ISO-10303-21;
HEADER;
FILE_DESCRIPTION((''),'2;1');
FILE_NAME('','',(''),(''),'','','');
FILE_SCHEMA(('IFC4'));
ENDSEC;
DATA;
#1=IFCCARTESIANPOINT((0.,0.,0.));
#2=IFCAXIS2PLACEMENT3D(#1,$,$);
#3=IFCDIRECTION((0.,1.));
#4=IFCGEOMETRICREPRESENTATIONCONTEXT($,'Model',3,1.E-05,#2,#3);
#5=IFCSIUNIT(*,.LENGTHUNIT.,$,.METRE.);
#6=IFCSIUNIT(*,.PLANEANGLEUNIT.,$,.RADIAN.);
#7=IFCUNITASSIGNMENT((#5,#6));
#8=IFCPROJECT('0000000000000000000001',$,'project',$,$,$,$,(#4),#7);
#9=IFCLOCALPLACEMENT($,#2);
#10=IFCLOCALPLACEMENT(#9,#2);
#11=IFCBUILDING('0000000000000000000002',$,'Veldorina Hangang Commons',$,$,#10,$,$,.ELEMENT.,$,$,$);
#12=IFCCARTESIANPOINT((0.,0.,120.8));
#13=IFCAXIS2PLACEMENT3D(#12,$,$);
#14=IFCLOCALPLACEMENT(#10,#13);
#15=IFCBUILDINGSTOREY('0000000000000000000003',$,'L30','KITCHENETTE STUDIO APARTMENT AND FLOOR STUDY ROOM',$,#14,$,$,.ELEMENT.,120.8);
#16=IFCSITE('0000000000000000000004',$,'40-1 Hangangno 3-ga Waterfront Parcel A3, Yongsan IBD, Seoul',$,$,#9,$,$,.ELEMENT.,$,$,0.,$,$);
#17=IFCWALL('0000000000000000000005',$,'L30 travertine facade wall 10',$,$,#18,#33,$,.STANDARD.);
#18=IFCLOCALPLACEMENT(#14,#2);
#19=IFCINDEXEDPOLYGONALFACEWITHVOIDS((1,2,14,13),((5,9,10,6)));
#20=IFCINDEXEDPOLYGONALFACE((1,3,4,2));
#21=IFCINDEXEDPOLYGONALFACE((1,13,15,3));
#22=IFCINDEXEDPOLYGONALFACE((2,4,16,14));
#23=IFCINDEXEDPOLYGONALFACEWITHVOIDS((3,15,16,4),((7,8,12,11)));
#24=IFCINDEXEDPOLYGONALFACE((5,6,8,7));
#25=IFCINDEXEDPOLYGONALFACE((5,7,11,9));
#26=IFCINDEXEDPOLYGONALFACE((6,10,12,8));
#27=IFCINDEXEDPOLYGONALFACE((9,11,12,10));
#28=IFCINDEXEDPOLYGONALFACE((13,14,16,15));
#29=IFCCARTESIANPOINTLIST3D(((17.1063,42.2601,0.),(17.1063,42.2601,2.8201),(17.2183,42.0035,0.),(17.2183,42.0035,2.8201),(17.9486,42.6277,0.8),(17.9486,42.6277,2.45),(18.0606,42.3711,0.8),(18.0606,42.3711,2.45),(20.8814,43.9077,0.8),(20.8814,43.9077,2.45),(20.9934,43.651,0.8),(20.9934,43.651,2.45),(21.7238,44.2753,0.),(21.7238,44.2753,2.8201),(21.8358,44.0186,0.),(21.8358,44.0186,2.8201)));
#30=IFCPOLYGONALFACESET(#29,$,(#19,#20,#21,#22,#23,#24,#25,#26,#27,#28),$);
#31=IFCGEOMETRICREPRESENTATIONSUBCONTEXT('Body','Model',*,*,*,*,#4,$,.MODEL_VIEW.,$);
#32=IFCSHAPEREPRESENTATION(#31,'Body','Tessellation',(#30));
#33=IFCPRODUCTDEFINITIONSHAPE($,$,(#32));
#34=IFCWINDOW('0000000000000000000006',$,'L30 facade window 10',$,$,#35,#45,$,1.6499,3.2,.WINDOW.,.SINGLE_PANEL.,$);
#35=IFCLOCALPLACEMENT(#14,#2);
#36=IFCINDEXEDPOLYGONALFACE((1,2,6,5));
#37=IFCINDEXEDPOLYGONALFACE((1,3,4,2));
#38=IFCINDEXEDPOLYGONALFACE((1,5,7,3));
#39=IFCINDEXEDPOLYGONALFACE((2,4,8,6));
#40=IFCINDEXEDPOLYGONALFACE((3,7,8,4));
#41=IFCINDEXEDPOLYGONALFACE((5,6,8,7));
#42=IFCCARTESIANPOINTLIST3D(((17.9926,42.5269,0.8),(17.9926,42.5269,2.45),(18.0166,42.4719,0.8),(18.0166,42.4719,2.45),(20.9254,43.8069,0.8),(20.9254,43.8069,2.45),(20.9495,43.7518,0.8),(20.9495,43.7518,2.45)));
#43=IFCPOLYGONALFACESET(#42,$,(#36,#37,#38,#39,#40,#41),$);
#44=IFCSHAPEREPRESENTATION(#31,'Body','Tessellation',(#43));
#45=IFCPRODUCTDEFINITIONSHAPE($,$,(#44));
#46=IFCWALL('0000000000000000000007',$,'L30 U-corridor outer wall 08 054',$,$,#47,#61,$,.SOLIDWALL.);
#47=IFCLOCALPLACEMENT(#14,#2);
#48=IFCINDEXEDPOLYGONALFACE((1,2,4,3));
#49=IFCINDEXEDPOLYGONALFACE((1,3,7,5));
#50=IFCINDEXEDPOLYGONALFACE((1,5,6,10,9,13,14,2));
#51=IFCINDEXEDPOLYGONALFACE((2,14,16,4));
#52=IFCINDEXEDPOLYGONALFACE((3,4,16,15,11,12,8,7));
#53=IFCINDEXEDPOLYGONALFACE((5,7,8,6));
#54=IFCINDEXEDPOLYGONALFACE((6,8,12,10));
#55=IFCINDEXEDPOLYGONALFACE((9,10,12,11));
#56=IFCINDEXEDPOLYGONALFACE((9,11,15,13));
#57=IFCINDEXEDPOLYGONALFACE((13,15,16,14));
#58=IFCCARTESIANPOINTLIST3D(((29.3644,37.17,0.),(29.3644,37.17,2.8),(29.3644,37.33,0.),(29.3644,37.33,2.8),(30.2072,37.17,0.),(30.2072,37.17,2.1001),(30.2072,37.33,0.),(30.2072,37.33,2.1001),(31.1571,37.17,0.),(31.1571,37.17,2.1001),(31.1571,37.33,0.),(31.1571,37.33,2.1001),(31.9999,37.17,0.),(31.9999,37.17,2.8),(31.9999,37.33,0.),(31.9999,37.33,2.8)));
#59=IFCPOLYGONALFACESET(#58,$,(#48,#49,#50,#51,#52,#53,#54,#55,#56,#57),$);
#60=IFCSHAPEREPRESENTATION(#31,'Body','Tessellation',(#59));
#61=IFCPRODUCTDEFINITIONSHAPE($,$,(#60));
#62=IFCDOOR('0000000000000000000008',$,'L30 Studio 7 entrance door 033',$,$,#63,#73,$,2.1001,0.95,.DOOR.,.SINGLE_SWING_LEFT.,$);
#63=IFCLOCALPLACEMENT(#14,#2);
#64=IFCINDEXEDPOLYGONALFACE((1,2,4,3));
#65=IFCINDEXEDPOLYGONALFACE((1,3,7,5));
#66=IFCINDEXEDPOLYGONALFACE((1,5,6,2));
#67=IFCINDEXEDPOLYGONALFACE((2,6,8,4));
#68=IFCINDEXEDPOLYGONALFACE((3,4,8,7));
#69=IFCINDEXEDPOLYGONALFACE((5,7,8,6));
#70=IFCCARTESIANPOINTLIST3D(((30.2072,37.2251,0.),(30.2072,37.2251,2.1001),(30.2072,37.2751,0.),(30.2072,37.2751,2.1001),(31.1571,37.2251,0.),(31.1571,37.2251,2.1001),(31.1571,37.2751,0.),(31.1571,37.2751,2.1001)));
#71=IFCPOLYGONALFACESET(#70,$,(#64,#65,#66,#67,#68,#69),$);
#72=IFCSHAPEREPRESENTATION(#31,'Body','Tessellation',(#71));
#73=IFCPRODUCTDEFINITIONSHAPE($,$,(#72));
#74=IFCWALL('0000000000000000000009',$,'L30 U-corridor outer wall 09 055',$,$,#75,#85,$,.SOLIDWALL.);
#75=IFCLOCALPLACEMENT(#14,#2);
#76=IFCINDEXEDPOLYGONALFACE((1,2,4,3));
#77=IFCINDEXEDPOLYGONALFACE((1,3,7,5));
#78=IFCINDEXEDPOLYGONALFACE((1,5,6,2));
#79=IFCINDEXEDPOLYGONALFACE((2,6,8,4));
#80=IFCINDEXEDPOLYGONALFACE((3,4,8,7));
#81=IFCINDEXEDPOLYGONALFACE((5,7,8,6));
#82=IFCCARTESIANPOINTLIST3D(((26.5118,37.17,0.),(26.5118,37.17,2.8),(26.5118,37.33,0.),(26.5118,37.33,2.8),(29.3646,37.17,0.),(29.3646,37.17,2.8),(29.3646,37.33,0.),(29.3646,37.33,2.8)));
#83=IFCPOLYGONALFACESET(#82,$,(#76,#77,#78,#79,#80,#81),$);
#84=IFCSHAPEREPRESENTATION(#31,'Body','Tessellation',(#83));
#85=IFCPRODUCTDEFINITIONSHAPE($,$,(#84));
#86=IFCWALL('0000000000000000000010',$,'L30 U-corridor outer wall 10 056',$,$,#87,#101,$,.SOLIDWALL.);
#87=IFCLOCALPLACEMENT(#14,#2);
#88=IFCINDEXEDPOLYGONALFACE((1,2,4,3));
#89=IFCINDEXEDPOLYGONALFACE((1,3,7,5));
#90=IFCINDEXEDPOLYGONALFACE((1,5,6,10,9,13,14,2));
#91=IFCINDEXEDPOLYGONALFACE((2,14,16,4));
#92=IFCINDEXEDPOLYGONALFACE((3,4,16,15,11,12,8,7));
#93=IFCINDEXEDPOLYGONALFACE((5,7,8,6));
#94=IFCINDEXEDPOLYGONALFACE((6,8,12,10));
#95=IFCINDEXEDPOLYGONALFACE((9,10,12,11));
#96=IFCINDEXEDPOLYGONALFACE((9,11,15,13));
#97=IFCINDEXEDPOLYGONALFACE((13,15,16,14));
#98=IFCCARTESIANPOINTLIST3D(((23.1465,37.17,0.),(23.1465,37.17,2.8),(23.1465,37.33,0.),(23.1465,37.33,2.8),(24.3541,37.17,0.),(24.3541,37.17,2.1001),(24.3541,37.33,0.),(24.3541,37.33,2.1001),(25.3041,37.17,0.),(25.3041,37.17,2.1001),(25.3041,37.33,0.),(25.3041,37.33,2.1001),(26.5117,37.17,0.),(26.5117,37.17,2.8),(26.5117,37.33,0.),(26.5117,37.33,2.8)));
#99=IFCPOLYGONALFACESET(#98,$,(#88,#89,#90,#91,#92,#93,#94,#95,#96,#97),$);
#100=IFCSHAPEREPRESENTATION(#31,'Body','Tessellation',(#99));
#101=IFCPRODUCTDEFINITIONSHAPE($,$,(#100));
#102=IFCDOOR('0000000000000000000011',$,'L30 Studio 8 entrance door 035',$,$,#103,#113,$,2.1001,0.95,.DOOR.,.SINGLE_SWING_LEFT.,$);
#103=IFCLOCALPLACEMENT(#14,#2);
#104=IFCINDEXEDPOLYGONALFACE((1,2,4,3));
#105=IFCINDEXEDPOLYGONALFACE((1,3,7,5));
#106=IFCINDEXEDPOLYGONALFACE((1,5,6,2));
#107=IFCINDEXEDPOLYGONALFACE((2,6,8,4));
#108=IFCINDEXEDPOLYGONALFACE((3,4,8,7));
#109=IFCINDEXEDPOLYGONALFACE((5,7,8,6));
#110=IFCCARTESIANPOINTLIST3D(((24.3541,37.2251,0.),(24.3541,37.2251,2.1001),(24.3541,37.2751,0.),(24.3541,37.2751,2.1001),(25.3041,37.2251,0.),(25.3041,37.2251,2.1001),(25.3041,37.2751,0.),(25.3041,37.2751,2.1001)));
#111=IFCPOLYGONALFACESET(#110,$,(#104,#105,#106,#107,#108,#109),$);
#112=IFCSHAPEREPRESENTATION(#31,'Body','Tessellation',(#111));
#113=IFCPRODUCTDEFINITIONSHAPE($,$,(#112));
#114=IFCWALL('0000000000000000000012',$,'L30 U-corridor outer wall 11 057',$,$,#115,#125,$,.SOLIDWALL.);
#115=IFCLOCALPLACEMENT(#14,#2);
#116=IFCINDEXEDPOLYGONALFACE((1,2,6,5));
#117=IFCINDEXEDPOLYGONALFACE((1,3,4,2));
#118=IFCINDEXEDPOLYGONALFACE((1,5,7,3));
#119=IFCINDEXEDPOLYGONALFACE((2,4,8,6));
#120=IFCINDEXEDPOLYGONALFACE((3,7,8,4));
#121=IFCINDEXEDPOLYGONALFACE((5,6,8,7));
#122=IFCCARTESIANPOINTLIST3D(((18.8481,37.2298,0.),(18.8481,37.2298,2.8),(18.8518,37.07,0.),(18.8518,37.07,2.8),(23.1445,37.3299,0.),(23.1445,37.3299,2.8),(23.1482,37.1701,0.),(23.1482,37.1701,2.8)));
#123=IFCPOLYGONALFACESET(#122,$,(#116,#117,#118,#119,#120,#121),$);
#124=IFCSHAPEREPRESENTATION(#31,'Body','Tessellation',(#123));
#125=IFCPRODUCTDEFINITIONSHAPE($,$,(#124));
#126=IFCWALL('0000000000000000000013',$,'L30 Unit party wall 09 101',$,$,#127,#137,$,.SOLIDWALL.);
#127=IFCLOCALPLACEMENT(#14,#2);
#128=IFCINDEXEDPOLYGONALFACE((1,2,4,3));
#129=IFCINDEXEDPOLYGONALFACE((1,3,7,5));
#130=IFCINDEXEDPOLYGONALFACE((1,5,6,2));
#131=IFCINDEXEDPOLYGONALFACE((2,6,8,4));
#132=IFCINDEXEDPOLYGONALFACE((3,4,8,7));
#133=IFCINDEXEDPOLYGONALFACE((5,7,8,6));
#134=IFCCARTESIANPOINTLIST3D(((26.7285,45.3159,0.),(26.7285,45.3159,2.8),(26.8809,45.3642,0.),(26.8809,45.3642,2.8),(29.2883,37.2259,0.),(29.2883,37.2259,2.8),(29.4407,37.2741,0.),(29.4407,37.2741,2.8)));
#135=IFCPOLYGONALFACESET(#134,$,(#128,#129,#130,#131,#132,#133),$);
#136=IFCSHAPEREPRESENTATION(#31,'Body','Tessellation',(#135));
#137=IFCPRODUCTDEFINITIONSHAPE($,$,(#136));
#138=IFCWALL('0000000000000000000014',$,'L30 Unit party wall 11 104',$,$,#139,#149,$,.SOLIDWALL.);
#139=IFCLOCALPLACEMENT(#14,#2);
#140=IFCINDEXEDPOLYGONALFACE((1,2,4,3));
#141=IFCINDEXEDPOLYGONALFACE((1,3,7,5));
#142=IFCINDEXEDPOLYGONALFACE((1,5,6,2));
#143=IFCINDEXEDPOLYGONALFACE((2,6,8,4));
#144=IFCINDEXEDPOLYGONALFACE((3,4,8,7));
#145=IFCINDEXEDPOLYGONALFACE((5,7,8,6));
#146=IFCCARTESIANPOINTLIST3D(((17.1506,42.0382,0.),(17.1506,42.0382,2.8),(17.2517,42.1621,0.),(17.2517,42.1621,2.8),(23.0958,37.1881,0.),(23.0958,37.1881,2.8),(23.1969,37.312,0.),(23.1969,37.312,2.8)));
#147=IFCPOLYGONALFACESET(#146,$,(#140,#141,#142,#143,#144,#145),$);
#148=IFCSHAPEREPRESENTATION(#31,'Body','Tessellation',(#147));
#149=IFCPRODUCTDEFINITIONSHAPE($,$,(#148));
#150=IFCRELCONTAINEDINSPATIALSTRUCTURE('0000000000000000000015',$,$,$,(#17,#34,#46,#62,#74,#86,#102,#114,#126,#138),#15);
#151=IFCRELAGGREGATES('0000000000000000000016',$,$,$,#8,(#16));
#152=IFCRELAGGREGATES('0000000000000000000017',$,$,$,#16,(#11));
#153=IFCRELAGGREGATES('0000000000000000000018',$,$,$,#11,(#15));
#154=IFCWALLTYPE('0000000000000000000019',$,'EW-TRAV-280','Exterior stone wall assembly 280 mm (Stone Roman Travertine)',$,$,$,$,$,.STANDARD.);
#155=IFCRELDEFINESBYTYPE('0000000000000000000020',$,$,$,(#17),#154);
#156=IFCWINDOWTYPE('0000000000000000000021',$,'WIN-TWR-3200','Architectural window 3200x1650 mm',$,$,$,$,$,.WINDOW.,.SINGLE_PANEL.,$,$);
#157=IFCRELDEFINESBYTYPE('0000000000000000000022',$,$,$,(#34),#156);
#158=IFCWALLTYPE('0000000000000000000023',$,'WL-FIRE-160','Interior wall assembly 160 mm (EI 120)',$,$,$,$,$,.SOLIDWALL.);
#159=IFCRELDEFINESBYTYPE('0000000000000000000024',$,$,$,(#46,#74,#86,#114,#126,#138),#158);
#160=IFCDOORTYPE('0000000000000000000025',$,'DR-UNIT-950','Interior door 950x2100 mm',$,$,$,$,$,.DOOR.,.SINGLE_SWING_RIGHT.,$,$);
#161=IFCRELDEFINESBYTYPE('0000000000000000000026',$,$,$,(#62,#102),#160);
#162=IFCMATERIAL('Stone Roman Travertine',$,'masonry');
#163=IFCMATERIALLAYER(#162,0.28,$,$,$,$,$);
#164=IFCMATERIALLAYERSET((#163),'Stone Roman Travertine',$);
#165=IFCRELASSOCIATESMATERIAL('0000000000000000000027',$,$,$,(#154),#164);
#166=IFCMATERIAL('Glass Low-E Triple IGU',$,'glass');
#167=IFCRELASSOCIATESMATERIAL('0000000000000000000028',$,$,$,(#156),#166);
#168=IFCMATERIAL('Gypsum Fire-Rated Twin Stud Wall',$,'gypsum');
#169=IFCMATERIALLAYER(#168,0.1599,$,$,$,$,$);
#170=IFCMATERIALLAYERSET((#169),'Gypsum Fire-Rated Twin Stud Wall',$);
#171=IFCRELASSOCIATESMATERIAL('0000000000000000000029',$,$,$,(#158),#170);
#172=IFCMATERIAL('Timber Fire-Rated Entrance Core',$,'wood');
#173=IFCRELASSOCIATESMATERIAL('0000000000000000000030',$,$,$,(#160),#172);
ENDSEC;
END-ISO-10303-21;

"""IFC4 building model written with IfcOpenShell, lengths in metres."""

from ifc_helpers import new_model, si_unit, direction, frame, frame_2d, origin, place, context, subcontext, project, spatial, rectangle, extrude, material, layer, layer_set, type_object, element, fill, save


model = new_model("IFC4")

# Units and contexts
model_context = context("Model", 3, precision=1e-05, world=origin(), true_north=direction((0.0, 1.0)))
body_context = subcontext(model_context, "Body", "Model", "MODEL_VIEW")
ifc_project = project(units=[si_unit("LENGTHUNIT", "METRE"), si_unit("PLANEANGLEUNIT", "RADIAN")], contexts=[model_context])

# Site, building, storey
site_placement = place(None, origin())
site = spatial("IfcSite", under=ifc_project, at=site_placement, Name="40-1 Hangangno 3-ga Waterfront Parcel A3, Yongsan IBD, Seoul", CompositionType="ELEMENT", RefElevation=0.0)
building_placement = place(site_placement, origin())
building = spatial("IfcBuilding", under=site, at=building_placement, Name="Veldorina Hangang Commons", CompositionType="ELEMENT")
storey_placement = place(building_placement, frame((0.0, 0.0, 120.8)))
storey = spatial("IfcBuildingStorey", under=building, at=storey_placement, Name="L30", Description="KITCHENETTE STUDIO APARTMENT AND FLOOR STUDY ROOM", CompositionType="ELEMENT", Elevation=120.8)

# Shared definitions
ifc_material_1 = material(Name="Stone Roman Travertine", Category="masonry")
ifc_layer_1 = layer(ifc_material_1, 0.28)
ifc_layer_set_1 = layer_set([ifc_layer_1], Name="Stone Roman Travertine")
wall_type_1 = type_object("IfcWallType", Name="EW-TRAV-280", Description="Exterior stone wall assembly 280 mm (Stone Roman Travertine)", PredefinedType="STANDARD", material=ifc_layer_set_1)
ifc_material_2 = material(Name="Glass Low-E Triple IGU", Category="glass")
window_type = type_object("IfcWindowType", Name="WIN-TWR-3200", Description="Architectural window 3200x1650 mm", PartitioningType="SINGLE_PANEL", PredefinedType="WINDOW", material=ifc_material_2)

# Wall, opening, window
wall_1_placement = place(storey_placement, frame((21.7798, 44.147, 0.0), z_axis=(0.0, 0.0, 1.0), x_axis=(-0.916521, -0.399987, 0.0)))
wall_1 = element("IfcWall", 1, at=wall_1_placement, inside=storey, type_object=wall_type_1, Name="L30 travertine facade wall 10", PredefinedType="STANDARD", context=body_context, shape_type="SweptSolid", body=[
    extrude(rectangle(XDim=5.0381, YDim=0.28, at=frame_2d((2.519, 0.0))), origin(), (0.0, 0.0, 1.0), 2.8201),
])
opening_1_placement = place(wall_1_placement, frame((0.9189, 0.0, 0.8)))
opening_1 = element("IfcOpeningElement", 2, at=opening_1_placement, cuts=wall_1, PredefinedType="OPENING", context=body_context, shape_type="SweptSolid", body=[
    extrude(rectangle(XDim=3.2, YDim=1.6499, at=frame_2d((1.6001, 0.825))), frame((0.0, 0.1499, 0.0), z_axis=(0.0, -1.0, 0.0), x_axis=(1.0, 0.0, 0.0)), (0.0, 0.0, 1.0), 0.3),
])
window_1_placement = place(opening_1_placement, origin())
window_1 = element("IfcWindow", 3, at=window_1_placement, inside=storey, type_object=window_type, Name="L30 facade window 10", OverallHeight=1.6499, OverallWidth=3.2, PartitioningType="SINGLE_PANEL", PredefinedType="WINDOW", context=body_context, shape_type="SweptSolid", body=[
    extrude(rectangle(XDim=3.2, YDim=1.6499, at=frame_2d((1.6001, 0.825))), frame((0.0, 0.03, 0.0), z_axis=(0.0, -1.0, 0.0), x_axis=(1.0, 0.0, 0.0)), (0.0, 0.0, 1.0), 0.0601),
])
fill(opening_1, window_1)

# Wall, opening, door
ifc_material_3 = material(Name="Gypsum Fire-Rated Twin Stud Wall", Category="gypsum")
ifc_layer_2 = layer(ifc_material_3, 0.1599)
ifc_layer_set_2 = layer_set([ifc_layer_2], Name="Gypsum Fire-Rated Twin Stud Wall")
wall_type_2 = type_object("IfcWallType", Name="WL-FIRE-160", Description="Interior wall assembly 160 mm (EI 120)", PredefinedType="SOLIDWALL", material=ifc_layer_set_2)
wall_2_placement = place(storey_placement, frame((32.0, 37.25, 0.0), z_axis=(0.0, 0.0, 1.0), x_axis=(-1.0, 0.0, 0.0)))
wall_2 = element("IfcWall", 4, at=wall_2_placement, inside=storey, type_object=wall_type_2, Name="L30 U-corridor outer wall 08 054", PredefinedType="SOLIDWALL", context=body_context, shape_type="SweptSolid", body=[
    extrude(rectangle(XDim=2.6355, YDim=0.1599, at=frame_2d((1.3179, 0.0))), origin(), (0.0, 0.0, 1.0), 2.8),
])
opening_2_placement = place(wall_2_placement, frame((0.8428, 0.0, 0.0)))
opening_2 = element("IfcOpeningElement", 5, at=opening_2_placement, cuts=wall_2, PredefinedType="OPENING", context=body_context, shape_type="SweptSolid", body=[
    extrude(rectangle(XDim=0.95, YDim=2.1001, at=frame_2d((0.4751, 1.05))), frame((0.0, 0.0898, 0.0), z_axis=(0.0, -1.0, 0.0), x_axis=(1.0, 0.0, 0.0)), (0.0, 0.0, 1.0), 0.1799),
])
ifc_material_4 = material(Name="Timber Fire-Rated Entrance Core", Category="wood")
door_type_1 = type_object("IfcDoorType", Name="DR-UNIT-950", Description="Interior door 950x2100 mm", OperationType="SINGLE_SWING_RIGHT", PredefinedType="DOOR", material=ifc_material_4)
door_1_placement = place(opening_2_placement, origin())
door_1 = element("IfcDoor", 6, at=door_1_placement, inside=storey, type_object=door_type_1, Name="L30 Studio 7 entrance door 033", OperationType="SINGLE_SWING_LEFT", OverallHeight=2.1001, OverallWidth=0.95, PredefinedType="DOOR", context=body_context, shape_type="SweptSolid", body=[
    extrude(rectangle(XDim=0.95, YDim=2.1001, at=frame_2d((0.4751, 1.05))), frame((0.0, 0.0249, 0.0), z_axis=(0.0, -1.0, 0.0), x_axis=(1.0, 0.0, 0.0)), (0.0, 0.0, 1.0), 0.05),
])
fill(opening_2, door_1)

# Wall
wall_3_placement = place(storey_placement, frame((29.3645, 37.25, 0.0), z_axis=(0.0, 0.0, 1.0), x_axis=(-1.0, 0.0, 0.0)))
element("IfcWall", 7, at=wall_3_placement, inside=storey, type_object=wall_type_2, Name="L30 U-corridor outer wall 09 055", PredefinedType="SOLIDWALL", context=body_context, shape_type="SweptSolid", body=[
    extrude(rectangle(XDim=2.8528, YDim=0.1599, at=frame_2d((1.4263, 0.0))), origin(), (0.0, 0.0, 1.0), 2.8),
])

# Wall, opening, door
wall_4_placement = place(storey_placement, frame((26.5117, 37.25, 0.0), z_axis=(0.0, 0.0, 1.0), x_axis=(-1.0, 0.0, 0.0)))
wall_4 = element("IfcWall", 8, at=wall_4_placement, inside=storey, type_object=wall_type_2, Name="L30 U-corridor outer wall 10 056", PredefinedType="SOLIDWALL", context=body_context, shape_type="SweptSolid", body=[
    extrude(rectangle(XDim=3.3652, YDim=0.1599, at=frame_2d((1.6826, 0.0))), origin(), (0.0, 0.0, 1.0), 2.8),
])
opening_3_placement = place(wall_4_placement, frame((1.2075, 0.0, 0.0)))
opening_3 = element("IfcOpeningElement", 9, at=opening_3_placement, cuts=wall_4, PredefinedType="OPENING", context=body_context, shape_type="SweptSolid", body=[
    extrude(rectangle(XDim=0.95, YDim=2.1001, at=frame_2d((0.4751, 1.05))), frame((0.0, 0.0898, 0.0), z_axis=(0.0, -1.0, 0.0), x_axis=(1.0, 0.0, 0.0)), (0.0, 0.0, 1.0), 0.1799),
])
door_2_placement = place(opening_3_placement, origin())
door_2 = element("IfcDoor", 10, at=door_2_placement, inside=storey, type_object=door_type_1, Name="L30 Studio 8 entrance door 035", OperationType="SINGLE_SWING_LEFT", OverallHeight=2.1001, OverallWidth=0.95, PredefinedType="DOOR", context=body_context, shape_type="SweptSolid", body=[
    extrude(rectangle(XDim=0.95, YDim=2.1001, at=frame_2d((0.4751, 1.05))), frame((0.0, 0.0249, 0.0), z_axis=(0.0, -1.0, 0.0), x_axis=(1.0, 0.0, 0.0)), (0.0, 0.0, 1.0), 0.05),
])
fill(opening_3, door_2)

# Walls
wall_5_placement = place(storey_placement, frame((23.1465, 37.25, 0.0), z_axis=(0.0, 0.0, 1.0), x_axis=(-0.999729, -0.023292, 0.0)))
element("IfcWall", 11, at=wall_5_placement, inside=storey, type_object=wall_type_2, Name="L30 U-corridor outer wall 11 057", PredefinedType="SOLIDWALL", context=body_context, shape_type="SweptSolid", body=[
    extrude(rectangle(XDim=4.2976, YDim=0.1599, at=frame_2d((2.1489, 0.0))), origin(), (0.0, 0.0, 1.0), 2.8),
])
wall_6_placement = place(storey_placement, frame((29.3645, 37.25, 0.0), z_axis=(0.0, 0.0, 1.0), x_axis=(-0.301672, 0.953412, 0.0)))
element("IfcWall", 12, at=wall_6_placement, inside=storey, type_object=wall_type_2, Name="L30 Unit party wall 09 101", PredefinedType="SOLIDWALL", context=body_context, shape_type="SweptSolid", body=[
    extrude(rectangle(XDim=8.4854, YDim=0.1599, at=frame_2d((4.2427, 0.0))), origin(), (0.0, 0.0, 1.0), 2.8),
])
wall_7_placement = place(storey_placement, frame((23.1465, 37.25, 0.0), z_axis=(0.0, 0.0, 1.0), x_axis=(-0.774867, 0.632125, 0.0)))
element("IfcWall", 13, at=wall_7_placement, inside=storey, type_object=wall_type_2, Name="L30 Unit party wall 11 104", PredefinedType="SOLIDWALL", context=body_context, shape_type="SweptSolid", body=[
    extrude(rectangle(XDim=7.6726, YDim=0.1599, at=frame_2d((3.8364, 0.0))), origin(), (0.0, 0.0, 1.0), 2.8),
])

save(model, "model.ifc")
